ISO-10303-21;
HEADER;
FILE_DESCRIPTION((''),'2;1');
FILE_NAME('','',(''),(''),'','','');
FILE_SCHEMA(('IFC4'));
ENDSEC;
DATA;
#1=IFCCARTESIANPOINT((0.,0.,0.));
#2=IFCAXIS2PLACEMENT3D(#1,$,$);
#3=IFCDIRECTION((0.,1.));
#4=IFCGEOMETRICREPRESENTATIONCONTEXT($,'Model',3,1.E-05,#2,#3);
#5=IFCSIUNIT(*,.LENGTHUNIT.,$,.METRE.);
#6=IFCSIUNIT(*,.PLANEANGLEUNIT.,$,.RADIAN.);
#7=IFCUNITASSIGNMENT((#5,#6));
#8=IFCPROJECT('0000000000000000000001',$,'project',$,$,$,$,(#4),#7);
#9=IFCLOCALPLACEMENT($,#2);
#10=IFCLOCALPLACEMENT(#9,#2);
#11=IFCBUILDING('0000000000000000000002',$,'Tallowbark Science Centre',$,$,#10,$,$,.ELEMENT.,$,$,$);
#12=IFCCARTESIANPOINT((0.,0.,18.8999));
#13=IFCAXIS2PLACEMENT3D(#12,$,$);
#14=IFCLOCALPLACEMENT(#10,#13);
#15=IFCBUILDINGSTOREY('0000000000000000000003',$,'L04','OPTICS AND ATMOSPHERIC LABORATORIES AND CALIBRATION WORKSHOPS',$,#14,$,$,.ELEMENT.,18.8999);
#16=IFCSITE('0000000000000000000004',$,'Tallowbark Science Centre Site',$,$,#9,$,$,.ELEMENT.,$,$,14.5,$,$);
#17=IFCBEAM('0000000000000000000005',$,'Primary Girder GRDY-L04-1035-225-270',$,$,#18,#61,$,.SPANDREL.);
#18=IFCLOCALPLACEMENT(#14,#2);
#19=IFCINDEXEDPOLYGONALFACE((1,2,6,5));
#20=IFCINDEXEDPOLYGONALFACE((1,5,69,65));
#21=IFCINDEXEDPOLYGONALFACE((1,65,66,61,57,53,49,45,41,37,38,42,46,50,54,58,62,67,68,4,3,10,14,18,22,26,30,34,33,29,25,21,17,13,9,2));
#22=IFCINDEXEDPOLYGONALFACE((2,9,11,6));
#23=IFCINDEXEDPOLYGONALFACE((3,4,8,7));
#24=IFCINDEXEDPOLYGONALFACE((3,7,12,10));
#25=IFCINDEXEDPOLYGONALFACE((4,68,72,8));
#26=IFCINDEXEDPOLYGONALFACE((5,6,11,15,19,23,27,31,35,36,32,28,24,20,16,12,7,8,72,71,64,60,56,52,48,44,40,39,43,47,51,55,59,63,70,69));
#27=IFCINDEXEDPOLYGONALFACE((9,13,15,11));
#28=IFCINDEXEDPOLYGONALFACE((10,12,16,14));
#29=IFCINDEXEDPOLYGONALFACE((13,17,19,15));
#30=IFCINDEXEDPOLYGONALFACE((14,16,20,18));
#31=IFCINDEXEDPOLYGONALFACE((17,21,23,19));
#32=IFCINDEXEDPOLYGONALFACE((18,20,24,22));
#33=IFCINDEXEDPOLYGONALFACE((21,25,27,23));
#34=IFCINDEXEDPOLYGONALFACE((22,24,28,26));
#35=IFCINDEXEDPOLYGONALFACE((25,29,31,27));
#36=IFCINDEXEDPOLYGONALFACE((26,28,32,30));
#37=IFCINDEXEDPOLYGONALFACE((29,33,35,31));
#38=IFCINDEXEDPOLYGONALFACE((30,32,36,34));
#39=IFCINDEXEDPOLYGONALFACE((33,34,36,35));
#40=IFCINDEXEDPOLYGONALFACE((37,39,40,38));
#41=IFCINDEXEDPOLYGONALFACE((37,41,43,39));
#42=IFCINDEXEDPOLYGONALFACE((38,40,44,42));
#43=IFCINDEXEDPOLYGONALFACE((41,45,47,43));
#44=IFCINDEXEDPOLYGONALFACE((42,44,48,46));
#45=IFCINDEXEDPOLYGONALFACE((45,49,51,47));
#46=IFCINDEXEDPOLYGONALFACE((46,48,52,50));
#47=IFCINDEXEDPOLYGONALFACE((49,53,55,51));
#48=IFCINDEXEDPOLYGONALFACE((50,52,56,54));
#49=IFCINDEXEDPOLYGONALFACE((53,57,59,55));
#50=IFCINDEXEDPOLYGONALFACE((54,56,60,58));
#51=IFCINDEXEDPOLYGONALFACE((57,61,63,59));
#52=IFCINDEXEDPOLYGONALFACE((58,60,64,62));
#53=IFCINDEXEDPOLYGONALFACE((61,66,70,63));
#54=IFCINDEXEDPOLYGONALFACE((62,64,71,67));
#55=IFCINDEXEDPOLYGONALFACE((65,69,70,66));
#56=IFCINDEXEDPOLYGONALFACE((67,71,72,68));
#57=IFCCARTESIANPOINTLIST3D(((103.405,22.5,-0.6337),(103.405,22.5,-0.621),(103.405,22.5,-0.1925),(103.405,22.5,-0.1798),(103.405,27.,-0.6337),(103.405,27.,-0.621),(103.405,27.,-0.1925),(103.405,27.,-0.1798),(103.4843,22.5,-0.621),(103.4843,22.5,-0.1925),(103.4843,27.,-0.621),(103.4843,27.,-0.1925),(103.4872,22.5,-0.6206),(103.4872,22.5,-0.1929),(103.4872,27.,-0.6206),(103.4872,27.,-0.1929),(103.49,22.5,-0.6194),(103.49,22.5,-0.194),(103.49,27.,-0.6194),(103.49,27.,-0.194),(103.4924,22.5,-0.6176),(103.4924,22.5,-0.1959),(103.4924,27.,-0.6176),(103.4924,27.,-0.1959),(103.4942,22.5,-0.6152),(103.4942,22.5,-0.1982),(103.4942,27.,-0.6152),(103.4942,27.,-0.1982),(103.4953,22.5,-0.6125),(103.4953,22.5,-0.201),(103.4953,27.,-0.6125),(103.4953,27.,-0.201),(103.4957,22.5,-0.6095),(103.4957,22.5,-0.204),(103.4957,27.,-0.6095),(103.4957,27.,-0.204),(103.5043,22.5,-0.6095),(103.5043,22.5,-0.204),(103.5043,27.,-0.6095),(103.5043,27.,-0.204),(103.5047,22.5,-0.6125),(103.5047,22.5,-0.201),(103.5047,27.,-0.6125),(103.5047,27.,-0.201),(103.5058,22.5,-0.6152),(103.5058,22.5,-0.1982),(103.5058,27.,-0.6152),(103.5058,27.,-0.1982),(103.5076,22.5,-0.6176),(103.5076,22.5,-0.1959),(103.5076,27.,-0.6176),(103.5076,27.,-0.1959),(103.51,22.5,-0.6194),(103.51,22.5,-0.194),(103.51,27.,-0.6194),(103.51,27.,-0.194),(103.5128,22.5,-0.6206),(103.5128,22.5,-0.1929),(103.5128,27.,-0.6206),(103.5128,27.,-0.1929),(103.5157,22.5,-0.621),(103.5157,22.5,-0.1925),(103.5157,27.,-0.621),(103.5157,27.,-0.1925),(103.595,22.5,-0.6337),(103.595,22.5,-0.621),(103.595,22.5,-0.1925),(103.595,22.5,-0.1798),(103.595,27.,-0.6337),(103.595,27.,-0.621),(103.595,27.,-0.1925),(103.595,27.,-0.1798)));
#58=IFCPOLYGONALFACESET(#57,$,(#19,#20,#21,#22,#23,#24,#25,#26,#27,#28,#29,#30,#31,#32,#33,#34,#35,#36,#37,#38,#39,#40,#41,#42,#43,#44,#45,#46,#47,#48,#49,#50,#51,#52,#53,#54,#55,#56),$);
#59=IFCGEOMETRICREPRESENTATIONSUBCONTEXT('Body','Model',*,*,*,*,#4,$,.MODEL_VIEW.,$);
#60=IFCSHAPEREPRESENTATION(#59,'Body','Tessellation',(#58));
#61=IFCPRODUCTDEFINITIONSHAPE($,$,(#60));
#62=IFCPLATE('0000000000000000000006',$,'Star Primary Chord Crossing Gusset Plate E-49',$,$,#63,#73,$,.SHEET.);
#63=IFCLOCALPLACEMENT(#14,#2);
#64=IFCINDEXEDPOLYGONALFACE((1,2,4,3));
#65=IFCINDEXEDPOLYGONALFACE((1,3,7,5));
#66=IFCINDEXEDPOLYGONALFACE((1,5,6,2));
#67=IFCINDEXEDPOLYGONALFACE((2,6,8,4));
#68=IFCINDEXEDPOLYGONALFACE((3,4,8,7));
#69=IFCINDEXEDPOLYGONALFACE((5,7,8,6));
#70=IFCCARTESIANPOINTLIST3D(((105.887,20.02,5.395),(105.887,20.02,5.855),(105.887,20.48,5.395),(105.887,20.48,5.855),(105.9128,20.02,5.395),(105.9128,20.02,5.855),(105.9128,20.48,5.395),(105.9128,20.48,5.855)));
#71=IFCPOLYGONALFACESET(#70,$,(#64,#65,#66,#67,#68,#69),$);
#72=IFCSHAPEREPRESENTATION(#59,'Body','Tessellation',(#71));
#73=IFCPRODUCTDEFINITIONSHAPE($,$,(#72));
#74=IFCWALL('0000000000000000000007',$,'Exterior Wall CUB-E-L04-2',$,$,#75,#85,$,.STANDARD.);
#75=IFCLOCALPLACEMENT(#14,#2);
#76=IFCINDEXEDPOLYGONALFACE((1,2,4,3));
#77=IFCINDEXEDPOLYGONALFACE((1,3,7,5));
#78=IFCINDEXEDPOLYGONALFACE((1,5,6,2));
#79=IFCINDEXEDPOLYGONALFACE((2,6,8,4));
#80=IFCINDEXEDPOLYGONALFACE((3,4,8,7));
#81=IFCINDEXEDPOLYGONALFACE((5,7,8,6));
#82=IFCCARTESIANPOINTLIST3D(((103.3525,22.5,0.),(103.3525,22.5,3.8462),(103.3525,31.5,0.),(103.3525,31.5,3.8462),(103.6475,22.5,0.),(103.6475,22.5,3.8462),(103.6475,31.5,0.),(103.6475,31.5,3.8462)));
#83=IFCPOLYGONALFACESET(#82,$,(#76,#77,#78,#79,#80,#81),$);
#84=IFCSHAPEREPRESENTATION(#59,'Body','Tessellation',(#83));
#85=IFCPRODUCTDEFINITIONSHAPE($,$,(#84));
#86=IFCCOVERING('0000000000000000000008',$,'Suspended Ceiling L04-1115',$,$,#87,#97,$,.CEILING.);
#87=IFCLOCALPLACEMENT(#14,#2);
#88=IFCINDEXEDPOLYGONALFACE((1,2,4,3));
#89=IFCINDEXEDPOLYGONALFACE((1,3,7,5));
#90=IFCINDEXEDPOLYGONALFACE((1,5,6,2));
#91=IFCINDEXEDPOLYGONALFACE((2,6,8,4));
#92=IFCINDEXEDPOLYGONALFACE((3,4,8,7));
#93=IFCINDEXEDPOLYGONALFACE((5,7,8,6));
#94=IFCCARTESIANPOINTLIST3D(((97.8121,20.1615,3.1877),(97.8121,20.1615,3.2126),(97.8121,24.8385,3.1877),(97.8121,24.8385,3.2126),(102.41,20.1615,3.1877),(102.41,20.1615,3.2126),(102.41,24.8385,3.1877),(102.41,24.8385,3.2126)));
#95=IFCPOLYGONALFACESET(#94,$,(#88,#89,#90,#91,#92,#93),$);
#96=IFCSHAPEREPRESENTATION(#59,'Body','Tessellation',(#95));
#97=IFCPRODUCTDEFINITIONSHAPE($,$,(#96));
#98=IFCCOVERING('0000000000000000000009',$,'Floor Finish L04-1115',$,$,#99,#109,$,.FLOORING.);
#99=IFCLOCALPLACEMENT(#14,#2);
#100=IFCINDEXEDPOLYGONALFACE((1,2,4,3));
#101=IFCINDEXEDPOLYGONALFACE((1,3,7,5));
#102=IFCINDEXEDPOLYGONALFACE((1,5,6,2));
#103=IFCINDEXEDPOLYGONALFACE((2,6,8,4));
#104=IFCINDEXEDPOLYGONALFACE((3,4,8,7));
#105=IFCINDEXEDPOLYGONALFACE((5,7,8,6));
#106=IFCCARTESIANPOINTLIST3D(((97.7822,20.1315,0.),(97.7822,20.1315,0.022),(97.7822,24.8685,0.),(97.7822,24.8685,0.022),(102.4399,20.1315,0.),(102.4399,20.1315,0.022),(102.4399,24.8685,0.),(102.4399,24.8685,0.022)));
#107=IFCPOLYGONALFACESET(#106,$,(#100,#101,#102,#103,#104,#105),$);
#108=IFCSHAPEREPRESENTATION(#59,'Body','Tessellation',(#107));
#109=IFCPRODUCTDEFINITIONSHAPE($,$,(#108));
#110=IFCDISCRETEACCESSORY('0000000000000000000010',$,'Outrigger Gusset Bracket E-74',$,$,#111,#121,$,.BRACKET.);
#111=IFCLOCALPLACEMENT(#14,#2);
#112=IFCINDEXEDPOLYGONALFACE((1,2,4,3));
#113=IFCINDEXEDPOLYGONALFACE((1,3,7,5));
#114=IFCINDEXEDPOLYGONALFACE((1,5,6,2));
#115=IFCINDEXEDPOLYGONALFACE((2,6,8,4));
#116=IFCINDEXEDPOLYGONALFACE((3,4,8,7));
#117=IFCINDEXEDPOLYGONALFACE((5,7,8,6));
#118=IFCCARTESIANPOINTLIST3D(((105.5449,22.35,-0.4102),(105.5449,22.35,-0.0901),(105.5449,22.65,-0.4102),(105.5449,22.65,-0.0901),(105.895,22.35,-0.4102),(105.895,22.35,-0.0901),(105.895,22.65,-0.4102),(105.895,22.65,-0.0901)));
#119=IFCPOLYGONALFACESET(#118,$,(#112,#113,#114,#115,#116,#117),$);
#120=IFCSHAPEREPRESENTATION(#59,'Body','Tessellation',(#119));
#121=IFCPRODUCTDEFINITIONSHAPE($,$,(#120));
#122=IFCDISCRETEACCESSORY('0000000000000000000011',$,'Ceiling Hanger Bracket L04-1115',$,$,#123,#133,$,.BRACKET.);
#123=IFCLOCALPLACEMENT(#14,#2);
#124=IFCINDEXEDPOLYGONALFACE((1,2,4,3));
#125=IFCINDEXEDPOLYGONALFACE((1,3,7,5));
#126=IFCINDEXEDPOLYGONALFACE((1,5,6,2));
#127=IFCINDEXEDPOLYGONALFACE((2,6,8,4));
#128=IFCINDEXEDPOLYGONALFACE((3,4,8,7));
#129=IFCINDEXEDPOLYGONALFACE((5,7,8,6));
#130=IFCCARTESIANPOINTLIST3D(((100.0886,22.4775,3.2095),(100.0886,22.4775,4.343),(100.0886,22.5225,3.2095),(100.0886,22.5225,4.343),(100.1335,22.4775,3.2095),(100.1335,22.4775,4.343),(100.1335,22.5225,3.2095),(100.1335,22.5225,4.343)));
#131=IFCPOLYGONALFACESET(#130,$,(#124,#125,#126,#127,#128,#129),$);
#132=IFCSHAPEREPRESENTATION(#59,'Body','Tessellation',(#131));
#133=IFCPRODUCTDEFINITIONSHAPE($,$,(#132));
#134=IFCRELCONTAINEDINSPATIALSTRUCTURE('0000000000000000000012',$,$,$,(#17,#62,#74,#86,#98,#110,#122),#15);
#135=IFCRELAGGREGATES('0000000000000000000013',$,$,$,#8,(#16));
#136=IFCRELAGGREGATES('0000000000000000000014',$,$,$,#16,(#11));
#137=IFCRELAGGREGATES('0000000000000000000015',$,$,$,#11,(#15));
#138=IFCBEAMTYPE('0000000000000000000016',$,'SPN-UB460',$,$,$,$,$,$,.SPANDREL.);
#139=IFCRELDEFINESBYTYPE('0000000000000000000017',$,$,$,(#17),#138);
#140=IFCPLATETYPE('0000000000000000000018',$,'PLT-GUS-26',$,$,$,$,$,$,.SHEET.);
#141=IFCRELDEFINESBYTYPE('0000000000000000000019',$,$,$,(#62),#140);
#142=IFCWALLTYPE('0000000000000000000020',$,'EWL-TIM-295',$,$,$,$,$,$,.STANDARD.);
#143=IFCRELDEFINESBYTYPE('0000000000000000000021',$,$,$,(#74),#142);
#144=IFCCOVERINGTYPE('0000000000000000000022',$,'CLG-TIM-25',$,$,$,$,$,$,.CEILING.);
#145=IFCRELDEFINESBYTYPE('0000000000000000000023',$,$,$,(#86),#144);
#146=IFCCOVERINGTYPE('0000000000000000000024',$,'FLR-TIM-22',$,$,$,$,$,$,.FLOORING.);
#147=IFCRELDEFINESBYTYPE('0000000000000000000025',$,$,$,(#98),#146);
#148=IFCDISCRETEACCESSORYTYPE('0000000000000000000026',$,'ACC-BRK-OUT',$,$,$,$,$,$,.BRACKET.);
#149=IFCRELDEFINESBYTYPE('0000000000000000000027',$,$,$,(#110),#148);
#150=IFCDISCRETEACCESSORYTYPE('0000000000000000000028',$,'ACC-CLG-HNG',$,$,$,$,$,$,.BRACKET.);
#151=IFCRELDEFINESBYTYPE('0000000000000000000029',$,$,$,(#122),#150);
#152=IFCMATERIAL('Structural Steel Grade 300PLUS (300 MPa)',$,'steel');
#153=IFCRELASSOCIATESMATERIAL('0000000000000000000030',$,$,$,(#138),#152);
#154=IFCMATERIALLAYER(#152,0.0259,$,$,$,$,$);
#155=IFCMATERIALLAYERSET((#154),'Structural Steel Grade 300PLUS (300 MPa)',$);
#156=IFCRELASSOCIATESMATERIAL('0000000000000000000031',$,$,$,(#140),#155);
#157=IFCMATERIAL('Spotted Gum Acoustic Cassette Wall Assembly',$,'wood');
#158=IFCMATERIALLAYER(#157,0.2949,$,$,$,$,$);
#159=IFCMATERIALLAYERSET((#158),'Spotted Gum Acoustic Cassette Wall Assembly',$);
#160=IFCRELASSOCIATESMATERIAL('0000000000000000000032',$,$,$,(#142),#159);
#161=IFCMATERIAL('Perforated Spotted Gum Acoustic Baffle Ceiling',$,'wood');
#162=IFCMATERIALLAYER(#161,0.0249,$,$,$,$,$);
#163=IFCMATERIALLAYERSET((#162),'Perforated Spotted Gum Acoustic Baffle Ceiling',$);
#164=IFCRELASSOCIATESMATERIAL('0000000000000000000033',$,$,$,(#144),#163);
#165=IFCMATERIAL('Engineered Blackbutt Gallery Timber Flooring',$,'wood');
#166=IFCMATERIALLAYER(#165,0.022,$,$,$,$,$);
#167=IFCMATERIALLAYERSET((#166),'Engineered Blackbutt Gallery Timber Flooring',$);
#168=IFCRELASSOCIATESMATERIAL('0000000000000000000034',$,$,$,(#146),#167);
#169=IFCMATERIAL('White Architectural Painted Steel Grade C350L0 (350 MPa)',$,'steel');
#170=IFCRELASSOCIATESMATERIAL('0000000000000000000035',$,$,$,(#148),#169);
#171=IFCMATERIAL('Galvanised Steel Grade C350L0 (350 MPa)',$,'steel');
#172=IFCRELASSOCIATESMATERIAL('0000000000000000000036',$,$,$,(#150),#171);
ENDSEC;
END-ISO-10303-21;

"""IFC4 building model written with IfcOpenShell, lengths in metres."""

from ifc_helpers import new_model, si_unit, direction, frame, frame_2d, origin, origin_2d, place, context, subcontext, project, spatial, rectangle, i_section, extrude, material, layer, layer_set, material_profile, profile_set, type_object, element, save


model = new_model("IFC4")

# Units and contexts
model_context = context("Model", 3, precision=1e-05, world=origin(), true_north=direction((0.0, 1.0)))
body_context = subcontext(model_context, "Body", "Model", "MODEL_VIEW")
ifc_project = project(units=[si_unit("LENGTHUNIT", "METRE"), si_unit("PLANEANGLEUNIT", "RADIAN")], contexts=[model_context])

# Site, building, storey
site_placement = place(None, origin())
site = spatial("IfcSite", under=ifc_project, at=site_placement, Name="Tallowbark Science Centre Site", CompositionType="ELEMENT", RefElevation=14.5)
building_placement = place(site_placement, origin())
building = spatial("IfcBuilding", under=site, at=building_placement, Name="Tallowbark Science Centre", CompositionType="ELEMENT")
storey_placement = place(building_placement, frame((0.0, 0.0, 18.8999)))
storey = spatial("IfcBuildingStorey", under=building, at=storey_placement, Name="L04", Description="OPTICS AND ATMOSPHERIC LABORATORIES AND CALIBRATION WORKSHOPS", CompositionType="ELEMENT", Elevation=18.8999)

# Shared definitions
ifc_material_1 = material(Name="White Architectural Painted Steel Grade C350L0 (350 MPa)", Category="steel")
ifc_material_2 = material(Name="Structural Steel Grade 300PLUS (300 MPa)", Category="steel")

# Beam
ifc_material_profile_1 = material_profile(ifc_material_2, i_section(OverallWidth=0.1899, OverallDepth=0.4539, WebThickness=0.0085, FlangeThickness=0.0127, FilletRadius=0.0115, at=origin_2d()), Name="460UB67.1")
ifc_profile_set_1 = profile_set([ifc_material_profile_1], Name="Structural Steel Grade 300PLUS (300 MPa)")
beam_type_1 = type_object("IfcBeamType", Name="SPN-UB460", PredefinedType="SPANDREL", material=ifc_profile_set_1)
beam_1_placement = place(storey_placement, frame((103.5, 22.5, -0.4067), z_axis=(0.0, 1.0, 0.0), x_axis=(-1.0, 0.0, 0.0)))
element("IfcBeam", 1, at=beam_1_placement, inside=storey, type_object=beam_type_1, Name="Primary Girder GRDY-L04-1035-225-270", PredefinedType="SPANDREL", context=body_context, shape_type="SweptSolid", body=[
    extrude(i_section(OverallWidth=0.1899, OverallDepth=0.4539, WebThickness=0.0085, FlangeThickness=0.0127, FilletRadius=0.0115, at=origin_2d()), origin(), (0.0, 0.0, 1.0), 4.5),
])

# Plate
ifc_layer_1 = layer(ifc_material_2, 0.0259)
ifc_layer_set_1 = layer_set([ifc_layer_1], Name="Structural Steel Grade 300PLUS (300 MPa)")
plate_type = type_object("IfcPlateType", Name="PLT-GUS-26", PredefinedType="SHEET", material=ifc_layer_set_1)
plate_placement = place(storey_placement, frame((105.8999, 20.25, 5.395), z_axis=(0.0, 0.0, 1.0), x_axis=(0.0, 1.0, 0.0)))
element("IfcPlate", 2, at=plate_placement, inside=storey, type_object=plate_type, Name="Star Primary Chord Crossing Gusset Plate E-49", PredefinedType="SHEET", context=body_context, shape_type="SweptSolid", body=[
    extrude(rectangle(XDim=0.46, YDim=0.0259, at=origin_2d()), origin(), (0.0, 0.0, 1.0), 0.46),
])

# Wall
ifc_material_3 = material(Name="Spotted Gum Acoustic Cassette Wall Assembly", Category="wood")
ifc_layer_2 = layer(ifc_material_3, 0.2949)
ifc_layer_set_2 = layer_set([ifc_layer_2], Name="Spotted Gum Acoustic Cassette Wall Assembly")
wall_type = type_object("IfcWallType", Name="EWL-TIM-295", PredefinedType="STANDARD", material=ifc_layer_set_2)
wall_placement = place(storey_placement, frame((103.5, 22.5, 0.0), z_axis=(0.0, 0.0, 1.0), x_axis=(0.0, 1.0, 0.0)))
element("IfcWall", 3, at=wall_placement, inside=storey, type_object=wall_type, Name="Exterior Wall CUB-E-L04-2", PredefinedType="STANDARD", context=body_context, shape_type="SweptSolid", body=[
    extrude(rectangle(XDim=9.0, YDim=0.2949, at=frame_2d((4.5, 0.0))), origin(), (0.0, 0.0, 1.0), 3.8462),
])

# Coverings
ifc_material_4 = material(Name="Perforated Spotted Gum Acoustic Baffle Ceiling", Category="wood")
ifc_layer_3 = layer(ifc_material_4, 0.0249)
ifc_layer_set_3 = layer_set([ifc_layer_3], Name="Perforated Spotted Gum Acoustic Baffle Ceiling")
covering_type_1 = type_object("IfcCoveringType", Name="CLG-TIM-25", PredefinedType="CEILING", material=ifc_layer_set_3)
covering_1_placement = place(storey_placement, frame((100.1111, 22.5, 3.1877), z_axis=(0.0, 0.0, 1.0), x_axis=(1.0, 0.0, 0.0)))
element("IfcCovering", 4, at=covering_1_placement, inside=storey, type_object=covering_type_1, Name="Suspended Ceiling L04-1115", PredefinedType="CEILING", context=body_context, shape_type="SweptSolid", body=[
    extrude(rectangle(XDim=4.5979, YDim=4.677, at=origin_2d()), origin(), (0.0, 0.0, 1.0), 0.0249),
])
ifc_material_5 = material(Name="Engineered Blackbutt Gallery Timber Flooring", Category="wood")
ifc_layer_4 = layer(ifc_material_5, 0.022)
ifc_layer_set_4 = layer_set([ifc_layer_4], Name="Engineered Blackbutt Gallery Timber Flooring")
covering_type_2 = type_object("IfcCoveringType", Name="FLR-TIM-22", PredefinedType="FLOORING", material=ifc_layer_set_4)
covering_2_placement = place(storey_placement, frame((100.1111, 22.5, 0.0), z_axis=(0.0, 0.0, 1.0), x_axis=(1.0, 0.0, 0.0)))
element("IfcCovering", 5, at=covering_2_placement, inside=storey, type_object=covering_type_2, Name="Floor Finish L04-1115", PredefinedType="FLOORING", context=body_context, shape_type="SweptSolid", body=[
    extrude(rectangle(XDim=4.6577, YDim=4.7371, at=origin_2d()), origin(), (0.0, 0.0, 1.0), 0.022),
])

# Discrete accessories
discrete_accessory_type_1 = type_object("IfcDiscreteAccessoryType", Name="ACC-BRK-OUT", PredefinedType="BRACKET", material=ifc_material_1)
discrete_accessory_1_placement = place(storey_placement, frame((105.72, 22.5, -0.4102), z_axis=(0.0, 0.0, 1.0), x_axis=(1.0, 0.0, 0.0)))
element("IfcDiscreteAccessory", 6, at=discrete_accessory_1_placement, inside=storey, type_object=discrete_accessory_type_1, Name="Outrigger Gusset Bracket E-74", PredefinedType="BRACKET", context=body_context, shape_type="SweptSolid", body=[
    extrude(rectangle(XDim=0.3501, YDim=0.3, at=origin_2d()), origin(), (0.0, 0.0, 1.0), 0.3201),
])
ifc_material_6 = material(Name="Galvanised Steel Grade C350L0 (350 MPa)", Category="steel")
discrete_accessory_type_2 = type_object("IfcDiscreteAccessoryType", Name="ACC-CLG-HNG", PredefinedType="BRACKET", material=ifc_material_6)
discrete_accessory_2_placement = place(storey_placement, frame((100.1111, 22.5, 3.2095), z_axis=(0.0, 0.0, 1.0), x_axis=(1.0, 0.0, 0.0)))
element("IfcDiscreteAccessory", 7, at=discrete_accessory_2_placement, inside=storey, type_object=discrete_accessory_type_2, Name="Ceiling Hanger Bracket L04-1115", PredefinedType="BRACKET", context=body_context, shape_type="SweptSolid", body=[
    extrude(rectangle(XDim=0.0449, YDim=0.0449, at=origin_2d()), origin(), (0.0, 0.0, 1.0), 1.1335),
])

save(model, "model.ifc")
